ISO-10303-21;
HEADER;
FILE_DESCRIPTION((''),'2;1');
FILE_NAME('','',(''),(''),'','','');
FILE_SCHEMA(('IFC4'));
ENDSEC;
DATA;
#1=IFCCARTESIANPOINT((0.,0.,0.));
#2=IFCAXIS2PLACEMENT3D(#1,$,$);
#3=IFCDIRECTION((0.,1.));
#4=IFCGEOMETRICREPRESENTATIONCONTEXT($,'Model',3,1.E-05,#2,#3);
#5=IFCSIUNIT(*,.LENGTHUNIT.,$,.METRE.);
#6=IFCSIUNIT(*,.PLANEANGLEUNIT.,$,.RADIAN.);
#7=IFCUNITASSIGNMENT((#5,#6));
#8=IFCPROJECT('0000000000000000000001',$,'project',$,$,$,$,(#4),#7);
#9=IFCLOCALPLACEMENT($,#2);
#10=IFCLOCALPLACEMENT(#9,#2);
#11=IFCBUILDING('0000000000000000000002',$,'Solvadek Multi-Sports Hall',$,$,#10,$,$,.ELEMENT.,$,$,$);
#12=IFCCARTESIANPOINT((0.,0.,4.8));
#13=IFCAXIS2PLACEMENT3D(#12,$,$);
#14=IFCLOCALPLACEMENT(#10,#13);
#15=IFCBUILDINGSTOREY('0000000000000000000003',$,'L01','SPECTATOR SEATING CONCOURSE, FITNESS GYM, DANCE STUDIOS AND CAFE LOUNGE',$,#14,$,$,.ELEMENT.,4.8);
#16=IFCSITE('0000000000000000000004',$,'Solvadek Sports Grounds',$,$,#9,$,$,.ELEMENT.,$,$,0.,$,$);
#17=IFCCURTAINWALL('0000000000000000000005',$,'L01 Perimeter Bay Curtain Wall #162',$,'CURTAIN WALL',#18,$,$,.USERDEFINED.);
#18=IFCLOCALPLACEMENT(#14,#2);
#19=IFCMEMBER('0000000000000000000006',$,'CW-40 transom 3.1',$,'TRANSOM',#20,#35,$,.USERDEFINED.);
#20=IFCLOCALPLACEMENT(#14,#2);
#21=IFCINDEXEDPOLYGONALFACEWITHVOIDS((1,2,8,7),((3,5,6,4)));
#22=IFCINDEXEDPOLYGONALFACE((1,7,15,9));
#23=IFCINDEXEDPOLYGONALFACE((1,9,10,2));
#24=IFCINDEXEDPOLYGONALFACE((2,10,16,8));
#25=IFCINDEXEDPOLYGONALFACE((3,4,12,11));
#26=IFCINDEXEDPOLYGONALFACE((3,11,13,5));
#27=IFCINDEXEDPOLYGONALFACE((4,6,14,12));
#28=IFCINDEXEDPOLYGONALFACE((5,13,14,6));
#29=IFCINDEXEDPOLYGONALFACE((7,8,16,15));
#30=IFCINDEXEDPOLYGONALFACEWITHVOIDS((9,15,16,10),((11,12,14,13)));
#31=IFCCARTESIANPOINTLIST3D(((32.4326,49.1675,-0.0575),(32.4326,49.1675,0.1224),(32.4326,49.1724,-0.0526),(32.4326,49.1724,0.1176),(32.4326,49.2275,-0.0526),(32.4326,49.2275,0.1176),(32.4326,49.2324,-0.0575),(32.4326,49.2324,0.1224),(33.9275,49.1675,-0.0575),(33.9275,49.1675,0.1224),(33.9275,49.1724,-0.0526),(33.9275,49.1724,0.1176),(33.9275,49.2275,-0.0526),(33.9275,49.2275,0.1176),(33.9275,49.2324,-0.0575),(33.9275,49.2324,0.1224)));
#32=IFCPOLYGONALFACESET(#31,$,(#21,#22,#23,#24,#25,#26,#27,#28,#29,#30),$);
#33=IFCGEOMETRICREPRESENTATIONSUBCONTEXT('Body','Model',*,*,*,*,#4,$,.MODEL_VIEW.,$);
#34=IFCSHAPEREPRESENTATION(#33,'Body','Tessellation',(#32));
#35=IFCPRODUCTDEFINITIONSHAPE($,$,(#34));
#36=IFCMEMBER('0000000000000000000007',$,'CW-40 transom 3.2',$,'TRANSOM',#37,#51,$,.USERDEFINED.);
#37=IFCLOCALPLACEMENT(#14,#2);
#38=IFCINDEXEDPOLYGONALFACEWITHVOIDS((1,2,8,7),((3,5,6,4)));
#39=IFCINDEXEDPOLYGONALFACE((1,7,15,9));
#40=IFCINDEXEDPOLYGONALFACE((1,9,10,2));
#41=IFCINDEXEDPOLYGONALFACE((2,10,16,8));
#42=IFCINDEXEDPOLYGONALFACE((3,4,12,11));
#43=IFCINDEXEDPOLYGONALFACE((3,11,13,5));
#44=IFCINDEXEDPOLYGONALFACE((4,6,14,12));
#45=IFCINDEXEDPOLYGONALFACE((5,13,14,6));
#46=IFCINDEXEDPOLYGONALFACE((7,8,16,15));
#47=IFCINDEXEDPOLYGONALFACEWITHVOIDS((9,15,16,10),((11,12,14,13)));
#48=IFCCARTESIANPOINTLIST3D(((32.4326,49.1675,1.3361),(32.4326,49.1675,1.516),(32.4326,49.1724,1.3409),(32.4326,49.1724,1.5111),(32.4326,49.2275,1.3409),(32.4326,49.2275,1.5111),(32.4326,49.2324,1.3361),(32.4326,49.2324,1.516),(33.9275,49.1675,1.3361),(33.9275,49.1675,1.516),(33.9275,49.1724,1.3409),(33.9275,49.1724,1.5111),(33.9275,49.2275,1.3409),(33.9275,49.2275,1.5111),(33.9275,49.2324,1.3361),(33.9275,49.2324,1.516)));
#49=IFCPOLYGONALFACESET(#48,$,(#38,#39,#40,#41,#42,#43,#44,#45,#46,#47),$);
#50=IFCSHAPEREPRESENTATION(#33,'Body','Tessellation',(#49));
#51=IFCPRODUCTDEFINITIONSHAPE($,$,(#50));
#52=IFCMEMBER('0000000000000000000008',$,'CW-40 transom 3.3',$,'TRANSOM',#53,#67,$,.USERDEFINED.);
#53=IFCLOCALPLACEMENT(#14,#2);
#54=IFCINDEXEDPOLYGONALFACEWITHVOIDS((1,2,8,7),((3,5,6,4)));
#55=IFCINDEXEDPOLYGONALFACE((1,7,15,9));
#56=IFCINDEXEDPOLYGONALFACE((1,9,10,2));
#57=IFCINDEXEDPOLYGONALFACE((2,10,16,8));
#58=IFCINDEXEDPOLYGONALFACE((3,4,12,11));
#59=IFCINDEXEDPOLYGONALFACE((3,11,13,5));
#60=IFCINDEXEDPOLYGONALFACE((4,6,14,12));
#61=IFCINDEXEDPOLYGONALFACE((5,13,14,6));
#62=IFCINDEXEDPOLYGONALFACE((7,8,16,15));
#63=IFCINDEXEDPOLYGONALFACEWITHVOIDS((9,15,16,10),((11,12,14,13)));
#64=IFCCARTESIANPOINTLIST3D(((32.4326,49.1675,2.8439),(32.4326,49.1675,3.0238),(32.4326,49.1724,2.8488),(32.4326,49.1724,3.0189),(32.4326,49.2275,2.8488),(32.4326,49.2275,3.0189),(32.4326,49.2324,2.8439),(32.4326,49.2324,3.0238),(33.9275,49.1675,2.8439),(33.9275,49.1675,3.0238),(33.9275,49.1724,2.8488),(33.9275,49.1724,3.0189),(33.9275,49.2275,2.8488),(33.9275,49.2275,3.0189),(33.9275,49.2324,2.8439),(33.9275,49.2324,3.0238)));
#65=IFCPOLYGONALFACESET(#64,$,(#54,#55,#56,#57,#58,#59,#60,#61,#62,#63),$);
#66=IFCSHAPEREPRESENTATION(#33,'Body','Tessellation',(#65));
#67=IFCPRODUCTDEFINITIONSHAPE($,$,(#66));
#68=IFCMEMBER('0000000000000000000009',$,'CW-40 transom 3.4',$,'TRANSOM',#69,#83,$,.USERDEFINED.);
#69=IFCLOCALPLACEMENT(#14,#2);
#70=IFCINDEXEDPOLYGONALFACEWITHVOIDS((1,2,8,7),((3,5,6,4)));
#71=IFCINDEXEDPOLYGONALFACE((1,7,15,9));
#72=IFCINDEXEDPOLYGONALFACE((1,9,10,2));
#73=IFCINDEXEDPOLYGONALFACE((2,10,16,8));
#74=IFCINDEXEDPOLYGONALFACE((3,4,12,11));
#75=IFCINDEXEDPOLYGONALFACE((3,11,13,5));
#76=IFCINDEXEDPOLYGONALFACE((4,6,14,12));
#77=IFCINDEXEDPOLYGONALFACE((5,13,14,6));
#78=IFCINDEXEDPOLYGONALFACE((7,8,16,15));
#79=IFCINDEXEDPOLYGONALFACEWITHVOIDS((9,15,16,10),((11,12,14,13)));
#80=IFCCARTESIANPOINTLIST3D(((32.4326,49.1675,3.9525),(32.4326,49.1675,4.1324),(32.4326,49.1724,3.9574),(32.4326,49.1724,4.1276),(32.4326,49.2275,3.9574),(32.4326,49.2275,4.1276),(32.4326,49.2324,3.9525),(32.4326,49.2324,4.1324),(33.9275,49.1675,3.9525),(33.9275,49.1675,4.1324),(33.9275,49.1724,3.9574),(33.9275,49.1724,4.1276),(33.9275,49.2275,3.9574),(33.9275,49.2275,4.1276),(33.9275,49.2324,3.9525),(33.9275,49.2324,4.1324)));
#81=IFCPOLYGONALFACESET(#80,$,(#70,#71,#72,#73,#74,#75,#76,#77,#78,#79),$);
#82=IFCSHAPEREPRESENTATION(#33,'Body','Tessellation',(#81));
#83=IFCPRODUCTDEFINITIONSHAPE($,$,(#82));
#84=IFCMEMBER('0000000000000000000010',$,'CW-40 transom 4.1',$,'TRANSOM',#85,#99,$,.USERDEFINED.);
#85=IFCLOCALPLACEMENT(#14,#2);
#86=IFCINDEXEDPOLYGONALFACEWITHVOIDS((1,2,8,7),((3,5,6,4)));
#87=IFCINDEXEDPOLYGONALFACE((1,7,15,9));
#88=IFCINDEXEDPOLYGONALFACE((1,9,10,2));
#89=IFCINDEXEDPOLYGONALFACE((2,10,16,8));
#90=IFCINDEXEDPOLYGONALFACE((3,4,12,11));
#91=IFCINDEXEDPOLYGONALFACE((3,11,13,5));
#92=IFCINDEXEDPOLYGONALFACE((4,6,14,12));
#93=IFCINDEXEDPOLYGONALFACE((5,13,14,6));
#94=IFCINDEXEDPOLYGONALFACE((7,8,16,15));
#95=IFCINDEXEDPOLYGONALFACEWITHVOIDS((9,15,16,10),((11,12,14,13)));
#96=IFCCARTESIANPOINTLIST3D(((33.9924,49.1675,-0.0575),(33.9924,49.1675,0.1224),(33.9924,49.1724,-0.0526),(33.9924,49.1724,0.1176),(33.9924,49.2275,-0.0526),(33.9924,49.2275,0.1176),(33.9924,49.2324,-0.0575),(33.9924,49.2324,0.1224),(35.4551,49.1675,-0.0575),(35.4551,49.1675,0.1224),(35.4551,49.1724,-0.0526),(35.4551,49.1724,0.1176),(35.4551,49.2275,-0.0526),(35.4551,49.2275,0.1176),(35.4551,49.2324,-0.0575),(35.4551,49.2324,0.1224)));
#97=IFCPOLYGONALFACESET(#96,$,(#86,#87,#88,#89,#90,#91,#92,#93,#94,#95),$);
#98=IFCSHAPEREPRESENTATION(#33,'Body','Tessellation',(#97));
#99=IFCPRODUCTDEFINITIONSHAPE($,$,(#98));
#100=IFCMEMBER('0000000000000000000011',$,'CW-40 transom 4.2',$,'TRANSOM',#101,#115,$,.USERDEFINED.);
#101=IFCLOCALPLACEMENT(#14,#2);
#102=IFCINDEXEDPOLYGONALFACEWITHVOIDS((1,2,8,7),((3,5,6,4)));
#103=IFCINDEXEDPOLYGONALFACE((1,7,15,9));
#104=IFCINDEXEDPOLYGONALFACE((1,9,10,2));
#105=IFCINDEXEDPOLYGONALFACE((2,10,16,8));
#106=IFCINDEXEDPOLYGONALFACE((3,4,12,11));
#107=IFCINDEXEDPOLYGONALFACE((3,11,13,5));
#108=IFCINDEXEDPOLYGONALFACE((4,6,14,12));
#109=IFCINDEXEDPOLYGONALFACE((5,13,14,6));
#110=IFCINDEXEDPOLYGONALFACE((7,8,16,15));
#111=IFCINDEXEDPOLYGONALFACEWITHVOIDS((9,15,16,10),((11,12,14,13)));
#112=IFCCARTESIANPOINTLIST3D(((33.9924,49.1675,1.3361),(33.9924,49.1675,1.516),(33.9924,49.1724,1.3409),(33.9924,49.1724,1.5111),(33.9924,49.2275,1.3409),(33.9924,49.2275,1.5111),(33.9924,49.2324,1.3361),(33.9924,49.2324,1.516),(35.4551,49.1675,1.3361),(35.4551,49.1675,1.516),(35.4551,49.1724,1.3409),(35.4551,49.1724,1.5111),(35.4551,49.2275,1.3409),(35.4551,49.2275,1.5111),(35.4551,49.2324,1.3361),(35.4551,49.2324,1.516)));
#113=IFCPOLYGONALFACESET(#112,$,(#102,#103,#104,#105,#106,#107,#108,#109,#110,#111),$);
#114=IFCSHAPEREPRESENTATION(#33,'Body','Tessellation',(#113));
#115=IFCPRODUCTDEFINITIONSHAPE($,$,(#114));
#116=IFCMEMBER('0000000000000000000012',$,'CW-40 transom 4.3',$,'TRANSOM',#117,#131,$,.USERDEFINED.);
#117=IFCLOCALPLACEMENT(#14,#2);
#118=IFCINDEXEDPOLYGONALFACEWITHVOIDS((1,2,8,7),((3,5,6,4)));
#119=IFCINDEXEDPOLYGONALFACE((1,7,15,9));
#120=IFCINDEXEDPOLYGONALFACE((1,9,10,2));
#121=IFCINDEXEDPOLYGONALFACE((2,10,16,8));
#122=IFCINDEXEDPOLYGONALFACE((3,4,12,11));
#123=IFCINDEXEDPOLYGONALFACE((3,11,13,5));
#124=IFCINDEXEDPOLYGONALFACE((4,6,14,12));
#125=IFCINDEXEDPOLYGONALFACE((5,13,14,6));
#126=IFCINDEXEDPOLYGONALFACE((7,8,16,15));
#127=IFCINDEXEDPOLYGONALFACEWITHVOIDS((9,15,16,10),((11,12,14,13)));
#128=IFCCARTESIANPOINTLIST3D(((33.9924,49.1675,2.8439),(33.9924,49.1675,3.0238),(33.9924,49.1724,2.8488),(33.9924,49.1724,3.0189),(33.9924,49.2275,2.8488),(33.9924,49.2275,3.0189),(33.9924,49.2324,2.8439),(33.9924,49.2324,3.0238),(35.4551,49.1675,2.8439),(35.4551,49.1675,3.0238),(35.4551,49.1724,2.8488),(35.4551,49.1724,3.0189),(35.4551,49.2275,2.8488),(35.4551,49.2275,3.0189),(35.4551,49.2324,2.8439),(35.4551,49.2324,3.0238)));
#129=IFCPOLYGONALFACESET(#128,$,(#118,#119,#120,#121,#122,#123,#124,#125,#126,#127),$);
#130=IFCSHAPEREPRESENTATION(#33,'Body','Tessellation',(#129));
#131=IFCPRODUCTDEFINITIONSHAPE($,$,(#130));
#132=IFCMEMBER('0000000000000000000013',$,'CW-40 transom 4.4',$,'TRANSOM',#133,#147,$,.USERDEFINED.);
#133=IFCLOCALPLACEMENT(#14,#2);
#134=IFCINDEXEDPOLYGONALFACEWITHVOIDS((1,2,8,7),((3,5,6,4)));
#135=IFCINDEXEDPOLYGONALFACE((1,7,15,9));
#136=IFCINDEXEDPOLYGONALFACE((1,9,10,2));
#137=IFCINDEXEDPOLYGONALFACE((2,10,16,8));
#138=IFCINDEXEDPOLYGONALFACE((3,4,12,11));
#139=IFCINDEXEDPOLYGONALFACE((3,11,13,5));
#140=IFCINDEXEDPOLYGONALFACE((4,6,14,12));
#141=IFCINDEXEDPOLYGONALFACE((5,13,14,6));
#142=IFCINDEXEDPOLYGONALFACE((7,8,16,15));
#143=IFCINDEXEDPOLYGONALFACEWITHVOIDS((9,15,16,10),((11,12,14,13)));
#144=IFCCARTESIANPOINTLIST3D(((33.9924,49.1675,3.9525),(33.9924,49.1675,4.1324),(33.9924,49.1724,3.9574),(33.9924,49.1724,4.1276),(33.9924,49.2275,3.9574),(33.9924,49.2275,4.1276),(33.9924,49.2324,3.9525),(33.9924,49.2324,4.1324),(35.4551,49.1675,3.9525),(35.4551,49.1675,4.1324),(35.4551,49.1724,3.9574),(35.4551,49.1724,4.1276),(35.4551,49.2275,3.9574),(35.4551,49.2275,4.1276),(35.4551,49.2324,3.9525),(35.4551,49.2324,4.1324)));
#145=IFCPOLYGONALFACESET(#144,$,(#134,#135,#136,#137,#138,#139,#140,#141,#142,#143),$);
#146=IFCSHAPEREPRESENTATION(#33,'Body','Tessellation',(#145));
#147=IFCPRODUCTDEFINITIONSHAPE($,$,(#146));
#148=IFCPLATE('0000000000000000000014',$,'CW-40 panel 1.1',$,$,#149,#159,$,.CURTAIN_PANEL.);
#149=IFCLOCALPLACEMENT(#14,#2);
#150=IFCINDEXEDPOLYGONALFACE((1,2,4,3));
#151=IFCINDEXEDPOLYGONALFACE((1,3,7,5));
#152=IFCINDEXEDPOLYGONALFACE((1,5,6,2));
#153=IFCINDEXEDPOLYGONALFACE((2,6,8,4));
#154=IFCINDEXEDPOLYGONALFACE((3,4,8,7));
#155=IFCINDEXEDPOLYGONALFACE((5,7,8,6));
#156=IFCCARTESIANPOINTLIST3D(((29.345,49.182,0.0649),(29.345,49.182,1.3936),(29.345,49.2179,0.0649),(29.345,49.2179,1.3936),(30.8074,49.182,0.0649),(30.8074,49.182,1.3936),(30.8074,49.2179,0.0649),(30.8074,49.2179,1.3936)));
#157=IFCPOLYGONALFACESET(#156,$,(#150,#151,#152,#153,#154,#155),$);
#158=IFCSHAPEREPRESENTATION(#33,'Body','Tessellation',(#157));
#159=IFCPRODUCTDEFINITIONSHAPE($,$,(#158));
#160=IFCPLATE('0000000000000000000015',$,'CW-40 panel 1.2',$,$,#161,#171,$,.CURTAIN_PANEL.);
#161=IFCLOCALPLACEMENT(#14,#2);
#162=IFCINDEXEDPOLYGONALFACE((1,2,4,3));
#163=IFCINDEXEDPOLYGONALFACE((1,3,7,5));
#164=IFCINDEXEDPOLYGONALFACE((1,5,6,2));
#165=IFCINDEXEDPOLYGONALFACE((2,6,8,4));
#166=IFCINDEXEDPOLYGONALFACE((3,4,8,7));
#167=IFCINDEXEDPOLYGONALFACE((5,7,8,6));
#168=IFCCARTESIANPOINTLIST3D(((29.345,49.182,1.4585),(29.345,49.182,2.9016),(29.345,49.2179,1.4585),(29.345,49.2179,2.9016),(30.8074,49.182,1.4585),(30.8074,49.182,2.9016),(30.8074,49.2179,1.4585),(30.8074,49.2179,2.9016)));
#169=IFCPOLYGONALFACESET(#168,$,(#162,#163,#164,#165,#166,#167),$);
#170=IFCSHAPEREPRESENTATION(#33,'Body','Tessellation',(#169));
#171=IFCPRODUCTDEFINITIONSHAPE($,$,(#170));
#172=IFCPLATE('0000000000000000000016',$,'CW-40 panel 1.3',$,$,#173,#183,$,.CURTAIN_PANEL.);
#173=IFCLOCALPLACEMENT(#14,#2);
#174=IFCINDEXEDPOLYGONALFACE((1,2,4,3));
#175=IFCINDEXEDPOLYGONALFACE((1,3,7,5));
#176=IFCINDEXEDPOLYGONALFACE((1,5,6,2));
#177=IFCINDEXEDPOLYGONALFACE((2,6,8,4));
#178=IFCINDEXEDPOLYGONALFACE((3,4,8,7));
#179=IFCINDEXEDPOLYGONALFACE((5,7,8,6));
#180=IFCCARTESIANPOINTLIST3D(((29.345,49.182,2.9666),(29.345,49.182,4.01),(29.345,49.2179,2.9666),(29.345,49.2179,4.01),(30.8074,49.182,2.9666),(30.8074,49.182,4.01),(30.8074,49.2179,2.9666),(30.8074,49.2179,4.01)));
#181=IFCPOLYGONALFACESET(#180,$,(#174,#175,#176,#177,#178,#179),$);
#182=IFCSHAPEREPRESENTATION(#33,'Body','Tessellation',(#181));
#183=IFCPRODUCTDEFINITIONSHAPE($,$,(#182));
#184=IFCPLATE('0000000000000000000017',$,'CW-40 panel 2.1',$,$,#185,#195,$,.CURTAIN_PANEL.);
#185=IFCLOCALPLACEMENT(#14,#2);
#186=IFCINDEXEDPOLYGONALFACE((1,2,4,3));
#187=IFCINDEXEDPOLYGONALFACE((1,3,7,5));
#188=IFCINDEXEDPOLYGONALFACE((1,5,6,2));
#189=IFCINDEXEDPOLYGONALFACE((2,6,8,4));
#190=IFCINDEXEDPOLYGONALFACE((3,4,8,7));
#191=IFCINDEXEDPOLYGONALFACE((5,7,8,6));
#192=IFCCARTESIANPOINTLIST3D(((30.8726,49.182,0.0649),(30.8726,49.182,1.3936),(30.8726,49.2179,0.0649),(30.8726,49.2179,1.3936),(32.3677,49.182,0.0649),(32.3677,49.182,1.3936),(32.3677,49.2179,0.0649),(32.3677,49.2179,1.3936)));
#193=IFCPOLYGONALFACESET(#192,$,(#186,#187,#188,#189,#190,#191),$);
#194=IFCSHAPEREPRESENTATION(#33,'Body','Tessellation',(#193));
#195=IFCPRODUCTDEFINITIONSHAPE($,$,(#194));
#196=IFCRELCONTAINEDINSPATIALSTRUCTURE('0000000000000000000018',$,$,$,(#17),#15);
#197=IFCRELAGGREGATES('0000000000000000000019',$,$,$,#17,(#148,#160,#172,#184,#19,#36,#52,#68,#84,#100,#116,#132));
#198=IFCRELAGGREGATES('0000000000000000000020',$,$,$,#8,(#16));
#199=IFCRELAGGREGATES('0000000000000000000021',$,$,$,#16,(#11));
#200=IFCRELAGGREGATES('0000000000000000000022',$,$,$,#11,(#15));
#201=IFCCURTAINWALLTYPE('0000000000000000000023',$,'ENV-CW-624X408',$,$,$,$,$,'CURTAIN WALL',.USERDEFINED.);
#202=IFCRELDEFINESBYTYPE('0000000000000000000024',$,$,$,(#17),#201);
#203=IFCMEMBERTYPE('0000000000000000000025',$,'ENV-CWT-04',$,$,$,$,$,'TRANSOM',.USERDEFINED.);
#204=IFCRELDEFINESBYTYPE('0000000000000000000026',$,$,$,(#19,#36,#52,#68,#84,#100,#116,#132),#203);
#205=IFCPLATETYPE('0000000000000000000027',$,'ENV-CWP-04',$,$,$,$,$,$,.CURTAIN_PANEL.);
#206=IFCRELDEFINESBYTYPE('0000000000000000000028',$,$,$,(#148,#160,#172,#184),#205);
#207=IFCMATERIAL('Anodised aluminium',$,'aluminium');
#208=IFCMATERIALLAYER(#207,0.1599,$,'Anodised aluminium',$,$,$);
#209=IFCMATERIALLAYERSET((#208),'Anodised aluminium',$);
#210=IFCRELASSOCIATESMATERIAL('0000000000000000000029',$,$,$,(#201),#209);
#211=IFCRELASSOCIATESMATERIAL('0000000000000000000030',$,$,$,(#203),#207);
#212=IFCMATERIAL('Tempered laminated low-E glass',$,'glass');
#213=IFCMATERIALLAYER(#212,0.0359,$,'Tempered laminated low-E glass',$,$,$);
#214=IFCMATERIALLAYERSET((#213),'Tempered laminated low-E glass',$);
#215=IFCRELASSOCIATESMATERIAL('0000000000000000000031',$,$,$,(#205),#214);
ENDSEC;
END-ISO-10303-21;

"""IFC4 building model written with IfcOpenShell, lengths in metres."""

from ifc_helpers import new_model, si_unit, direction, frame, origin, origin_2d, place, context, subcontext, project, spatial, rectangle, hollow_rectangle, extrude, material, layer, layer_set, material_profile, profile_set, type_object, element, aggregate, save


model = new_model("IFC4")

# Units and contexts
model_context = context("Model", 3, precision=1e-05, world=origin(), true_north=direction((0.0, 1.0)))
body_context = subcontext(model_context, "Body", "Model", "MODEL_VIEW")
ifc_project = project(units=[si_unit("LENGTHUNIT", "METRE"), si_unit("PLANEANGLEUNIT", "RADIAN")], contexts=[model_context])

# Site, building, storey
site_placement = place(None, origin())
site = spatial("IfcSite", under=ifc_project, at=site_placement, Name="Solvadek Sports Grounds", CompositionType="ELEMENT", RefElevation=0.0)
building_placement = place(site_placement, origin())
building = spatial("IfcBuilding", under=site, at=building_placement, Name="Solvadek Multi-Sports Hall", CompositionType="ELEMENT")
storey_placement = place(building_placement, frame((0.0, 0.0, 4.8)))
storey = spatial("IfcBuildingStorey", under=building, at=storey_placement, Name="L01", Description="SPECTATOR SEATING CONCOURSE, FITNESS GYM, DANCE STUDIOS AND CAFE LOUNGE", CompositionType="ELEMENT", Elevation=4.8)

# Curtain wall, members, plates
ifc_material_1 = material(Name="Anodised aluminium", Category="aluminium")
ifc_layer_1 = layer(ifc_material_1, 0.1599, Name="Anodised aluminium")
ifc_layer_set_1 = layer_set([ifc_layer_1], Name="Anodised aluminium")
curtain_wall_type = type_object("IfcCurtainWallType", Name="ENV-CW-624X408", ElementType="CURTAIN WALL", PredefinedType="USERDEFINED", material=ifc_layer_set_1)
curtain_wall_placement = place(storey_placement, origin())
curtain_wall = element("IfcCurtainWall", 1, at=curtain_wall_placement, inside=storey, type_object=curtain_wall_type, Name="L01 Perimeter Bay Curtain Wall #162", ObjectType="CURTAIN WALL", PredefinedType="USERDEFINED")
ifc_material_profile_1 = material_profile(ifc_material_1, hollow_rectangle(XDim=0.0649, YDim=0.1799, WallThickness=0.0049, at=origin_2d()), Name="ALU-T 180x65x5")
ifc_profile_set_1 = profile_set([ifc_material_profile_1], Name="Anodised aluminium")
member_type_1 = type_object("IfcMemberType", Name="ENV-CWT-04", ElementType="TRANSOM", PredefinedType="USERDEFINED", material=ifc_profile_set_1)
member_1_placement = place(storey_placement, frame((32.4326, 49.2, 0.0325), z_axis=(1.0, 0.0, 0.0), x_axis=(0.0, 1.0, 0.0)))
member_1 = element("IfcMember", 2, at=member_1_placement, type_object=member_type_1, Name="CW-40 transom 3.1", ObjectType="TRANSOM", PredefinedType="USERDEFINED", context=body_context, shape_type="SweptSolid", body=[
    extrude(hollow_rectangle(XDim=0.0649, YDim=0.1799, WallThickness=0.0049, at=origin_2d()), origin(), (0.0, 0.0, 1.0), 1.4949),
])
member_2_placement = place(storey_placement, frame((32.4326, 49.2, 1.426), z_axis=(1.0, 0.0, 0.0), x_axis=(0.0, 1.0, 0.0)))
member_2 = element("IfcMember", 3, at=member_2_placement, type_object=member_type_1, Name="CW-40 transom 3.2", ObjectType="TRANSOM", PredefinedType="USERDEFINED", context=body_context, shape_type="SweptSolid", body=[
    extrude(hollow_rectangle(XDim=0.0649, YDim=0.1799, WallThickness=0.0049, at=origin_2d()), origin(), (0.0, 0.0, 1.0), 1.4949),
])
member_3_placement = place(storey_placement, frame((32.4326, 49.2, 2.9338), z_axis=(1.0, 0.0, 0.0), x_axis=(0.0, 1.0, 0.0)))
member_3 = element("IfcMember", 4, at=member_3_placement, type_object=member_type_1, Name="CW-40 transom 3.3", ObjectType="TRANSOM", PredefinedType="USERDEFINED", context=body_context, shape_type="SweptSolid", body=[
    extrude(hollow_rectangle(XDim=0.0649, YDim=0.1799, WallThickness=0.0049, at=origin_2d()), origin(), (0.0, 0.0, 1.0), 1.4949),
])
member_4_placement = place(storey_placement, frame((32.4326, 49.2, 4.0425), z_axis=(1.0, 0.0, 0.0), x_axis=(0.0, 1.0, 0.0)))
member_4 = element("IfcMember", 5, at=member_4_placement, type_object=member_type_1, Name="CW-40 transom 3.4", ObjectType="TRANSOM", PredefinedType="USERDEFINED", context=body_context, shape_type="SweptSolid", body=[
    extrude(hollow_rectangle(XDim=0.0649, YDim=0.1799, WallThickness=0.0049, at=origin_2d()), origin(), (0.0, 0.0, 1.0), 1.4949),
])
member_5_placement = place(storey_placement, frame((33.9924, 49.2, 0.0325), z_axis=(1.0, 0.0, 0.0), x_axis=(0.0, 1.0, 0.0)))
member_5 = element("IfcMember", 6, at=member_5_placement, type_object=member_type_1, Name="CW-40 transom 4.1", ObjectType="TRANSOM", PredefinedType="USERDEFINED", context=body_context, shape_type="SweptSolid", body=[
    extrude(hollow_rectangle(XDim=0.0649, YDim=0.1799, WallThickness=0.0049, at=origin_2d()), origin(), (0.0, 0.0, 1.0), 1.4626),
])
member_6_placement = place(storey_placement, frame((33.9924, 49.2, 1.426), z_axis=(1.0, 0.0, 0.0), x_axis=(0.0, 1.0, 0.0)))
member_6 = element("IfcMember", 7, at=member_6_placement, type_object=member_type_1, Name="CW-40 transom 4.2", ObjectType="TRANSOM", PredefinedType="USERDEFINED", context=body_context, shape_type="SweptSolid", body=[
    extrude(hollow_rectangle(XDim=0.0649, YDim=0.1799, WallThickness=0.0049, at=origin_2d()), origin(), (0.0, 0.0, 1.0), 1.4626),
])
member_7_placement = place(storey_placement, frame((33.9924, 49.2, 2.9338), z_axis=(1.0, 0.0, 0.0), x_axis=(0.0, 1.0, 0.0)))
member_7 = element("IfcMember", 8, at=member_7_placement, type_object=member_type_1, Name="CW-40 transom 4.3", ObjectType="TRANSOM", PredefinedType="USERDEFINED", context=body_context, shape_type="SweptSolid", body=[
    extrude(hollow_rectangle(XDim=0.0649, YDim=0.1799, WallThickness=0.0049, at=origin_2d()), origin(), (0.0, 0.0, 1.0), 1.4626),
])
member_8_placement = place(storey_placement, frame((33.9924, 49.2, 4.0425), z_axis=(1.0, 0.0, 0.0), x_axis=(0.0, 1.0, 0.0)))
member_8 = element("IfcMember", 9, at=member_8_placement, type_object=member_type_1, Name="CW-40 transom 4.4", ObjectType="TRANSOM", PredefinedType="USERDEFINED", context=body_context, shape_type="SweptSolid", body=[
    extrude(hollow_rectangle(XDim=0.0649, YDim=0.1799, WallThickness=0.0049, at=origin_2d()), origin(), (0.0, 0.0, 1.0), 1.4626),
])
ifc_material_2 = material(Name="Tempered laminated low-E glass", Category="glass")
ifc_layer_2 = layer(ifc_material_2, 0.0359, Name="Tempered laminated low-E glass")
ifc_layer_set_2 = layer_set([ifc_layer_2], Name="Tempered laminated low-E glass")
plate_type = type_object("IfcPlateType", Name="ENV-CWP-04", PredefinedType="CURTAIN_PANEL", material=ifc_layer_set_2)
plate_1_placement = place(storey_placement, frame((30.0762, 49.2, 0.0649), z_axis=(0.0, 0.0, 1.0), x_axis=(1.0, 0.0, 0.0)))
plate_1 = element("IfcPlate", 10, at=plate_1_placement, type_object=plate_type, Name="CW-40 panel 1.1", PredefinedType="CURTAIN_PANEL", context=body_context, shape_type="SweptSolid", body=[
    extrude(rectangle(XDim=1.4624, YDim=0.0359, at=origin_2d()), origin(), (0.0, 0.0, 1.0), 1.3286),
])
plate_2_placement = place(storey_placement, frame((30.0762, 49.2, 1.4585), z_axis=(0.0, 0.0, 1.0), x_axis=(1.0, 0.0, 0.0)))
plate_2 = element("IfcPlate", 11, at=plate_2_placement, type_object=plate_type, Name="CW-40 panel 1.2", PredefinedType="CURTAIN_PANEL", context=body_context, shape_type="SweptSolid", body=[
    extrude(rectangle(XDim=1.4624, YDim=0.0359, at=origin_2d()), origin(), (0.0, 0.0, 1.0), 1.4431),
])
plate_3_placement = place(storey_placement, frame((30.0762, 49.2, 2.9666), z_axis=(0.0, 0.0, 1.0), x_axis=(1.0, 0.0, 0.0)))
plate_3 = element("IfcPlate", 12, at=plate_3_placement, type_object=plate_type, Name="CW-40 panel 1.3", PredefinedType="CURTAIN_PANEL", context=body_context, shape_type="SweptSolid", body=[
    extrude(rectangle(XDim=1.4624, YDim=0.0359, at=origin_2d()), origin(), (0.0, 0.0, 1.0), 1.0435),
])
plate_4_placement = place(storey_placement, frame((31.6201, 49.2, 0.0649), z_axis=(0.0, 0.0, 1.0), x_axis=(1.0, 0.0, 0.0)))
plate_4 = element("IfcPlate", 13, at=plate_4_placement, type_object=plate_type, Name="CW-40 panel 2.1", PredefinedType="CURTAIN_PANEL", context=body_context, shape_type="SweptSolid", body=[
    extrude(rectangle(XDim=1.4951, YDim=0.0359, at=origin_2d()), origin(), (0.0, 0.0, 1.0), 1.3286),
])
aggregate(curtain_wall, [plate_1, plate_2, plate_3, plate_4, member_1, member_2, member_3, member_4, member_5, member_6, member_7, member_8])

save(model, "model.ifc")
